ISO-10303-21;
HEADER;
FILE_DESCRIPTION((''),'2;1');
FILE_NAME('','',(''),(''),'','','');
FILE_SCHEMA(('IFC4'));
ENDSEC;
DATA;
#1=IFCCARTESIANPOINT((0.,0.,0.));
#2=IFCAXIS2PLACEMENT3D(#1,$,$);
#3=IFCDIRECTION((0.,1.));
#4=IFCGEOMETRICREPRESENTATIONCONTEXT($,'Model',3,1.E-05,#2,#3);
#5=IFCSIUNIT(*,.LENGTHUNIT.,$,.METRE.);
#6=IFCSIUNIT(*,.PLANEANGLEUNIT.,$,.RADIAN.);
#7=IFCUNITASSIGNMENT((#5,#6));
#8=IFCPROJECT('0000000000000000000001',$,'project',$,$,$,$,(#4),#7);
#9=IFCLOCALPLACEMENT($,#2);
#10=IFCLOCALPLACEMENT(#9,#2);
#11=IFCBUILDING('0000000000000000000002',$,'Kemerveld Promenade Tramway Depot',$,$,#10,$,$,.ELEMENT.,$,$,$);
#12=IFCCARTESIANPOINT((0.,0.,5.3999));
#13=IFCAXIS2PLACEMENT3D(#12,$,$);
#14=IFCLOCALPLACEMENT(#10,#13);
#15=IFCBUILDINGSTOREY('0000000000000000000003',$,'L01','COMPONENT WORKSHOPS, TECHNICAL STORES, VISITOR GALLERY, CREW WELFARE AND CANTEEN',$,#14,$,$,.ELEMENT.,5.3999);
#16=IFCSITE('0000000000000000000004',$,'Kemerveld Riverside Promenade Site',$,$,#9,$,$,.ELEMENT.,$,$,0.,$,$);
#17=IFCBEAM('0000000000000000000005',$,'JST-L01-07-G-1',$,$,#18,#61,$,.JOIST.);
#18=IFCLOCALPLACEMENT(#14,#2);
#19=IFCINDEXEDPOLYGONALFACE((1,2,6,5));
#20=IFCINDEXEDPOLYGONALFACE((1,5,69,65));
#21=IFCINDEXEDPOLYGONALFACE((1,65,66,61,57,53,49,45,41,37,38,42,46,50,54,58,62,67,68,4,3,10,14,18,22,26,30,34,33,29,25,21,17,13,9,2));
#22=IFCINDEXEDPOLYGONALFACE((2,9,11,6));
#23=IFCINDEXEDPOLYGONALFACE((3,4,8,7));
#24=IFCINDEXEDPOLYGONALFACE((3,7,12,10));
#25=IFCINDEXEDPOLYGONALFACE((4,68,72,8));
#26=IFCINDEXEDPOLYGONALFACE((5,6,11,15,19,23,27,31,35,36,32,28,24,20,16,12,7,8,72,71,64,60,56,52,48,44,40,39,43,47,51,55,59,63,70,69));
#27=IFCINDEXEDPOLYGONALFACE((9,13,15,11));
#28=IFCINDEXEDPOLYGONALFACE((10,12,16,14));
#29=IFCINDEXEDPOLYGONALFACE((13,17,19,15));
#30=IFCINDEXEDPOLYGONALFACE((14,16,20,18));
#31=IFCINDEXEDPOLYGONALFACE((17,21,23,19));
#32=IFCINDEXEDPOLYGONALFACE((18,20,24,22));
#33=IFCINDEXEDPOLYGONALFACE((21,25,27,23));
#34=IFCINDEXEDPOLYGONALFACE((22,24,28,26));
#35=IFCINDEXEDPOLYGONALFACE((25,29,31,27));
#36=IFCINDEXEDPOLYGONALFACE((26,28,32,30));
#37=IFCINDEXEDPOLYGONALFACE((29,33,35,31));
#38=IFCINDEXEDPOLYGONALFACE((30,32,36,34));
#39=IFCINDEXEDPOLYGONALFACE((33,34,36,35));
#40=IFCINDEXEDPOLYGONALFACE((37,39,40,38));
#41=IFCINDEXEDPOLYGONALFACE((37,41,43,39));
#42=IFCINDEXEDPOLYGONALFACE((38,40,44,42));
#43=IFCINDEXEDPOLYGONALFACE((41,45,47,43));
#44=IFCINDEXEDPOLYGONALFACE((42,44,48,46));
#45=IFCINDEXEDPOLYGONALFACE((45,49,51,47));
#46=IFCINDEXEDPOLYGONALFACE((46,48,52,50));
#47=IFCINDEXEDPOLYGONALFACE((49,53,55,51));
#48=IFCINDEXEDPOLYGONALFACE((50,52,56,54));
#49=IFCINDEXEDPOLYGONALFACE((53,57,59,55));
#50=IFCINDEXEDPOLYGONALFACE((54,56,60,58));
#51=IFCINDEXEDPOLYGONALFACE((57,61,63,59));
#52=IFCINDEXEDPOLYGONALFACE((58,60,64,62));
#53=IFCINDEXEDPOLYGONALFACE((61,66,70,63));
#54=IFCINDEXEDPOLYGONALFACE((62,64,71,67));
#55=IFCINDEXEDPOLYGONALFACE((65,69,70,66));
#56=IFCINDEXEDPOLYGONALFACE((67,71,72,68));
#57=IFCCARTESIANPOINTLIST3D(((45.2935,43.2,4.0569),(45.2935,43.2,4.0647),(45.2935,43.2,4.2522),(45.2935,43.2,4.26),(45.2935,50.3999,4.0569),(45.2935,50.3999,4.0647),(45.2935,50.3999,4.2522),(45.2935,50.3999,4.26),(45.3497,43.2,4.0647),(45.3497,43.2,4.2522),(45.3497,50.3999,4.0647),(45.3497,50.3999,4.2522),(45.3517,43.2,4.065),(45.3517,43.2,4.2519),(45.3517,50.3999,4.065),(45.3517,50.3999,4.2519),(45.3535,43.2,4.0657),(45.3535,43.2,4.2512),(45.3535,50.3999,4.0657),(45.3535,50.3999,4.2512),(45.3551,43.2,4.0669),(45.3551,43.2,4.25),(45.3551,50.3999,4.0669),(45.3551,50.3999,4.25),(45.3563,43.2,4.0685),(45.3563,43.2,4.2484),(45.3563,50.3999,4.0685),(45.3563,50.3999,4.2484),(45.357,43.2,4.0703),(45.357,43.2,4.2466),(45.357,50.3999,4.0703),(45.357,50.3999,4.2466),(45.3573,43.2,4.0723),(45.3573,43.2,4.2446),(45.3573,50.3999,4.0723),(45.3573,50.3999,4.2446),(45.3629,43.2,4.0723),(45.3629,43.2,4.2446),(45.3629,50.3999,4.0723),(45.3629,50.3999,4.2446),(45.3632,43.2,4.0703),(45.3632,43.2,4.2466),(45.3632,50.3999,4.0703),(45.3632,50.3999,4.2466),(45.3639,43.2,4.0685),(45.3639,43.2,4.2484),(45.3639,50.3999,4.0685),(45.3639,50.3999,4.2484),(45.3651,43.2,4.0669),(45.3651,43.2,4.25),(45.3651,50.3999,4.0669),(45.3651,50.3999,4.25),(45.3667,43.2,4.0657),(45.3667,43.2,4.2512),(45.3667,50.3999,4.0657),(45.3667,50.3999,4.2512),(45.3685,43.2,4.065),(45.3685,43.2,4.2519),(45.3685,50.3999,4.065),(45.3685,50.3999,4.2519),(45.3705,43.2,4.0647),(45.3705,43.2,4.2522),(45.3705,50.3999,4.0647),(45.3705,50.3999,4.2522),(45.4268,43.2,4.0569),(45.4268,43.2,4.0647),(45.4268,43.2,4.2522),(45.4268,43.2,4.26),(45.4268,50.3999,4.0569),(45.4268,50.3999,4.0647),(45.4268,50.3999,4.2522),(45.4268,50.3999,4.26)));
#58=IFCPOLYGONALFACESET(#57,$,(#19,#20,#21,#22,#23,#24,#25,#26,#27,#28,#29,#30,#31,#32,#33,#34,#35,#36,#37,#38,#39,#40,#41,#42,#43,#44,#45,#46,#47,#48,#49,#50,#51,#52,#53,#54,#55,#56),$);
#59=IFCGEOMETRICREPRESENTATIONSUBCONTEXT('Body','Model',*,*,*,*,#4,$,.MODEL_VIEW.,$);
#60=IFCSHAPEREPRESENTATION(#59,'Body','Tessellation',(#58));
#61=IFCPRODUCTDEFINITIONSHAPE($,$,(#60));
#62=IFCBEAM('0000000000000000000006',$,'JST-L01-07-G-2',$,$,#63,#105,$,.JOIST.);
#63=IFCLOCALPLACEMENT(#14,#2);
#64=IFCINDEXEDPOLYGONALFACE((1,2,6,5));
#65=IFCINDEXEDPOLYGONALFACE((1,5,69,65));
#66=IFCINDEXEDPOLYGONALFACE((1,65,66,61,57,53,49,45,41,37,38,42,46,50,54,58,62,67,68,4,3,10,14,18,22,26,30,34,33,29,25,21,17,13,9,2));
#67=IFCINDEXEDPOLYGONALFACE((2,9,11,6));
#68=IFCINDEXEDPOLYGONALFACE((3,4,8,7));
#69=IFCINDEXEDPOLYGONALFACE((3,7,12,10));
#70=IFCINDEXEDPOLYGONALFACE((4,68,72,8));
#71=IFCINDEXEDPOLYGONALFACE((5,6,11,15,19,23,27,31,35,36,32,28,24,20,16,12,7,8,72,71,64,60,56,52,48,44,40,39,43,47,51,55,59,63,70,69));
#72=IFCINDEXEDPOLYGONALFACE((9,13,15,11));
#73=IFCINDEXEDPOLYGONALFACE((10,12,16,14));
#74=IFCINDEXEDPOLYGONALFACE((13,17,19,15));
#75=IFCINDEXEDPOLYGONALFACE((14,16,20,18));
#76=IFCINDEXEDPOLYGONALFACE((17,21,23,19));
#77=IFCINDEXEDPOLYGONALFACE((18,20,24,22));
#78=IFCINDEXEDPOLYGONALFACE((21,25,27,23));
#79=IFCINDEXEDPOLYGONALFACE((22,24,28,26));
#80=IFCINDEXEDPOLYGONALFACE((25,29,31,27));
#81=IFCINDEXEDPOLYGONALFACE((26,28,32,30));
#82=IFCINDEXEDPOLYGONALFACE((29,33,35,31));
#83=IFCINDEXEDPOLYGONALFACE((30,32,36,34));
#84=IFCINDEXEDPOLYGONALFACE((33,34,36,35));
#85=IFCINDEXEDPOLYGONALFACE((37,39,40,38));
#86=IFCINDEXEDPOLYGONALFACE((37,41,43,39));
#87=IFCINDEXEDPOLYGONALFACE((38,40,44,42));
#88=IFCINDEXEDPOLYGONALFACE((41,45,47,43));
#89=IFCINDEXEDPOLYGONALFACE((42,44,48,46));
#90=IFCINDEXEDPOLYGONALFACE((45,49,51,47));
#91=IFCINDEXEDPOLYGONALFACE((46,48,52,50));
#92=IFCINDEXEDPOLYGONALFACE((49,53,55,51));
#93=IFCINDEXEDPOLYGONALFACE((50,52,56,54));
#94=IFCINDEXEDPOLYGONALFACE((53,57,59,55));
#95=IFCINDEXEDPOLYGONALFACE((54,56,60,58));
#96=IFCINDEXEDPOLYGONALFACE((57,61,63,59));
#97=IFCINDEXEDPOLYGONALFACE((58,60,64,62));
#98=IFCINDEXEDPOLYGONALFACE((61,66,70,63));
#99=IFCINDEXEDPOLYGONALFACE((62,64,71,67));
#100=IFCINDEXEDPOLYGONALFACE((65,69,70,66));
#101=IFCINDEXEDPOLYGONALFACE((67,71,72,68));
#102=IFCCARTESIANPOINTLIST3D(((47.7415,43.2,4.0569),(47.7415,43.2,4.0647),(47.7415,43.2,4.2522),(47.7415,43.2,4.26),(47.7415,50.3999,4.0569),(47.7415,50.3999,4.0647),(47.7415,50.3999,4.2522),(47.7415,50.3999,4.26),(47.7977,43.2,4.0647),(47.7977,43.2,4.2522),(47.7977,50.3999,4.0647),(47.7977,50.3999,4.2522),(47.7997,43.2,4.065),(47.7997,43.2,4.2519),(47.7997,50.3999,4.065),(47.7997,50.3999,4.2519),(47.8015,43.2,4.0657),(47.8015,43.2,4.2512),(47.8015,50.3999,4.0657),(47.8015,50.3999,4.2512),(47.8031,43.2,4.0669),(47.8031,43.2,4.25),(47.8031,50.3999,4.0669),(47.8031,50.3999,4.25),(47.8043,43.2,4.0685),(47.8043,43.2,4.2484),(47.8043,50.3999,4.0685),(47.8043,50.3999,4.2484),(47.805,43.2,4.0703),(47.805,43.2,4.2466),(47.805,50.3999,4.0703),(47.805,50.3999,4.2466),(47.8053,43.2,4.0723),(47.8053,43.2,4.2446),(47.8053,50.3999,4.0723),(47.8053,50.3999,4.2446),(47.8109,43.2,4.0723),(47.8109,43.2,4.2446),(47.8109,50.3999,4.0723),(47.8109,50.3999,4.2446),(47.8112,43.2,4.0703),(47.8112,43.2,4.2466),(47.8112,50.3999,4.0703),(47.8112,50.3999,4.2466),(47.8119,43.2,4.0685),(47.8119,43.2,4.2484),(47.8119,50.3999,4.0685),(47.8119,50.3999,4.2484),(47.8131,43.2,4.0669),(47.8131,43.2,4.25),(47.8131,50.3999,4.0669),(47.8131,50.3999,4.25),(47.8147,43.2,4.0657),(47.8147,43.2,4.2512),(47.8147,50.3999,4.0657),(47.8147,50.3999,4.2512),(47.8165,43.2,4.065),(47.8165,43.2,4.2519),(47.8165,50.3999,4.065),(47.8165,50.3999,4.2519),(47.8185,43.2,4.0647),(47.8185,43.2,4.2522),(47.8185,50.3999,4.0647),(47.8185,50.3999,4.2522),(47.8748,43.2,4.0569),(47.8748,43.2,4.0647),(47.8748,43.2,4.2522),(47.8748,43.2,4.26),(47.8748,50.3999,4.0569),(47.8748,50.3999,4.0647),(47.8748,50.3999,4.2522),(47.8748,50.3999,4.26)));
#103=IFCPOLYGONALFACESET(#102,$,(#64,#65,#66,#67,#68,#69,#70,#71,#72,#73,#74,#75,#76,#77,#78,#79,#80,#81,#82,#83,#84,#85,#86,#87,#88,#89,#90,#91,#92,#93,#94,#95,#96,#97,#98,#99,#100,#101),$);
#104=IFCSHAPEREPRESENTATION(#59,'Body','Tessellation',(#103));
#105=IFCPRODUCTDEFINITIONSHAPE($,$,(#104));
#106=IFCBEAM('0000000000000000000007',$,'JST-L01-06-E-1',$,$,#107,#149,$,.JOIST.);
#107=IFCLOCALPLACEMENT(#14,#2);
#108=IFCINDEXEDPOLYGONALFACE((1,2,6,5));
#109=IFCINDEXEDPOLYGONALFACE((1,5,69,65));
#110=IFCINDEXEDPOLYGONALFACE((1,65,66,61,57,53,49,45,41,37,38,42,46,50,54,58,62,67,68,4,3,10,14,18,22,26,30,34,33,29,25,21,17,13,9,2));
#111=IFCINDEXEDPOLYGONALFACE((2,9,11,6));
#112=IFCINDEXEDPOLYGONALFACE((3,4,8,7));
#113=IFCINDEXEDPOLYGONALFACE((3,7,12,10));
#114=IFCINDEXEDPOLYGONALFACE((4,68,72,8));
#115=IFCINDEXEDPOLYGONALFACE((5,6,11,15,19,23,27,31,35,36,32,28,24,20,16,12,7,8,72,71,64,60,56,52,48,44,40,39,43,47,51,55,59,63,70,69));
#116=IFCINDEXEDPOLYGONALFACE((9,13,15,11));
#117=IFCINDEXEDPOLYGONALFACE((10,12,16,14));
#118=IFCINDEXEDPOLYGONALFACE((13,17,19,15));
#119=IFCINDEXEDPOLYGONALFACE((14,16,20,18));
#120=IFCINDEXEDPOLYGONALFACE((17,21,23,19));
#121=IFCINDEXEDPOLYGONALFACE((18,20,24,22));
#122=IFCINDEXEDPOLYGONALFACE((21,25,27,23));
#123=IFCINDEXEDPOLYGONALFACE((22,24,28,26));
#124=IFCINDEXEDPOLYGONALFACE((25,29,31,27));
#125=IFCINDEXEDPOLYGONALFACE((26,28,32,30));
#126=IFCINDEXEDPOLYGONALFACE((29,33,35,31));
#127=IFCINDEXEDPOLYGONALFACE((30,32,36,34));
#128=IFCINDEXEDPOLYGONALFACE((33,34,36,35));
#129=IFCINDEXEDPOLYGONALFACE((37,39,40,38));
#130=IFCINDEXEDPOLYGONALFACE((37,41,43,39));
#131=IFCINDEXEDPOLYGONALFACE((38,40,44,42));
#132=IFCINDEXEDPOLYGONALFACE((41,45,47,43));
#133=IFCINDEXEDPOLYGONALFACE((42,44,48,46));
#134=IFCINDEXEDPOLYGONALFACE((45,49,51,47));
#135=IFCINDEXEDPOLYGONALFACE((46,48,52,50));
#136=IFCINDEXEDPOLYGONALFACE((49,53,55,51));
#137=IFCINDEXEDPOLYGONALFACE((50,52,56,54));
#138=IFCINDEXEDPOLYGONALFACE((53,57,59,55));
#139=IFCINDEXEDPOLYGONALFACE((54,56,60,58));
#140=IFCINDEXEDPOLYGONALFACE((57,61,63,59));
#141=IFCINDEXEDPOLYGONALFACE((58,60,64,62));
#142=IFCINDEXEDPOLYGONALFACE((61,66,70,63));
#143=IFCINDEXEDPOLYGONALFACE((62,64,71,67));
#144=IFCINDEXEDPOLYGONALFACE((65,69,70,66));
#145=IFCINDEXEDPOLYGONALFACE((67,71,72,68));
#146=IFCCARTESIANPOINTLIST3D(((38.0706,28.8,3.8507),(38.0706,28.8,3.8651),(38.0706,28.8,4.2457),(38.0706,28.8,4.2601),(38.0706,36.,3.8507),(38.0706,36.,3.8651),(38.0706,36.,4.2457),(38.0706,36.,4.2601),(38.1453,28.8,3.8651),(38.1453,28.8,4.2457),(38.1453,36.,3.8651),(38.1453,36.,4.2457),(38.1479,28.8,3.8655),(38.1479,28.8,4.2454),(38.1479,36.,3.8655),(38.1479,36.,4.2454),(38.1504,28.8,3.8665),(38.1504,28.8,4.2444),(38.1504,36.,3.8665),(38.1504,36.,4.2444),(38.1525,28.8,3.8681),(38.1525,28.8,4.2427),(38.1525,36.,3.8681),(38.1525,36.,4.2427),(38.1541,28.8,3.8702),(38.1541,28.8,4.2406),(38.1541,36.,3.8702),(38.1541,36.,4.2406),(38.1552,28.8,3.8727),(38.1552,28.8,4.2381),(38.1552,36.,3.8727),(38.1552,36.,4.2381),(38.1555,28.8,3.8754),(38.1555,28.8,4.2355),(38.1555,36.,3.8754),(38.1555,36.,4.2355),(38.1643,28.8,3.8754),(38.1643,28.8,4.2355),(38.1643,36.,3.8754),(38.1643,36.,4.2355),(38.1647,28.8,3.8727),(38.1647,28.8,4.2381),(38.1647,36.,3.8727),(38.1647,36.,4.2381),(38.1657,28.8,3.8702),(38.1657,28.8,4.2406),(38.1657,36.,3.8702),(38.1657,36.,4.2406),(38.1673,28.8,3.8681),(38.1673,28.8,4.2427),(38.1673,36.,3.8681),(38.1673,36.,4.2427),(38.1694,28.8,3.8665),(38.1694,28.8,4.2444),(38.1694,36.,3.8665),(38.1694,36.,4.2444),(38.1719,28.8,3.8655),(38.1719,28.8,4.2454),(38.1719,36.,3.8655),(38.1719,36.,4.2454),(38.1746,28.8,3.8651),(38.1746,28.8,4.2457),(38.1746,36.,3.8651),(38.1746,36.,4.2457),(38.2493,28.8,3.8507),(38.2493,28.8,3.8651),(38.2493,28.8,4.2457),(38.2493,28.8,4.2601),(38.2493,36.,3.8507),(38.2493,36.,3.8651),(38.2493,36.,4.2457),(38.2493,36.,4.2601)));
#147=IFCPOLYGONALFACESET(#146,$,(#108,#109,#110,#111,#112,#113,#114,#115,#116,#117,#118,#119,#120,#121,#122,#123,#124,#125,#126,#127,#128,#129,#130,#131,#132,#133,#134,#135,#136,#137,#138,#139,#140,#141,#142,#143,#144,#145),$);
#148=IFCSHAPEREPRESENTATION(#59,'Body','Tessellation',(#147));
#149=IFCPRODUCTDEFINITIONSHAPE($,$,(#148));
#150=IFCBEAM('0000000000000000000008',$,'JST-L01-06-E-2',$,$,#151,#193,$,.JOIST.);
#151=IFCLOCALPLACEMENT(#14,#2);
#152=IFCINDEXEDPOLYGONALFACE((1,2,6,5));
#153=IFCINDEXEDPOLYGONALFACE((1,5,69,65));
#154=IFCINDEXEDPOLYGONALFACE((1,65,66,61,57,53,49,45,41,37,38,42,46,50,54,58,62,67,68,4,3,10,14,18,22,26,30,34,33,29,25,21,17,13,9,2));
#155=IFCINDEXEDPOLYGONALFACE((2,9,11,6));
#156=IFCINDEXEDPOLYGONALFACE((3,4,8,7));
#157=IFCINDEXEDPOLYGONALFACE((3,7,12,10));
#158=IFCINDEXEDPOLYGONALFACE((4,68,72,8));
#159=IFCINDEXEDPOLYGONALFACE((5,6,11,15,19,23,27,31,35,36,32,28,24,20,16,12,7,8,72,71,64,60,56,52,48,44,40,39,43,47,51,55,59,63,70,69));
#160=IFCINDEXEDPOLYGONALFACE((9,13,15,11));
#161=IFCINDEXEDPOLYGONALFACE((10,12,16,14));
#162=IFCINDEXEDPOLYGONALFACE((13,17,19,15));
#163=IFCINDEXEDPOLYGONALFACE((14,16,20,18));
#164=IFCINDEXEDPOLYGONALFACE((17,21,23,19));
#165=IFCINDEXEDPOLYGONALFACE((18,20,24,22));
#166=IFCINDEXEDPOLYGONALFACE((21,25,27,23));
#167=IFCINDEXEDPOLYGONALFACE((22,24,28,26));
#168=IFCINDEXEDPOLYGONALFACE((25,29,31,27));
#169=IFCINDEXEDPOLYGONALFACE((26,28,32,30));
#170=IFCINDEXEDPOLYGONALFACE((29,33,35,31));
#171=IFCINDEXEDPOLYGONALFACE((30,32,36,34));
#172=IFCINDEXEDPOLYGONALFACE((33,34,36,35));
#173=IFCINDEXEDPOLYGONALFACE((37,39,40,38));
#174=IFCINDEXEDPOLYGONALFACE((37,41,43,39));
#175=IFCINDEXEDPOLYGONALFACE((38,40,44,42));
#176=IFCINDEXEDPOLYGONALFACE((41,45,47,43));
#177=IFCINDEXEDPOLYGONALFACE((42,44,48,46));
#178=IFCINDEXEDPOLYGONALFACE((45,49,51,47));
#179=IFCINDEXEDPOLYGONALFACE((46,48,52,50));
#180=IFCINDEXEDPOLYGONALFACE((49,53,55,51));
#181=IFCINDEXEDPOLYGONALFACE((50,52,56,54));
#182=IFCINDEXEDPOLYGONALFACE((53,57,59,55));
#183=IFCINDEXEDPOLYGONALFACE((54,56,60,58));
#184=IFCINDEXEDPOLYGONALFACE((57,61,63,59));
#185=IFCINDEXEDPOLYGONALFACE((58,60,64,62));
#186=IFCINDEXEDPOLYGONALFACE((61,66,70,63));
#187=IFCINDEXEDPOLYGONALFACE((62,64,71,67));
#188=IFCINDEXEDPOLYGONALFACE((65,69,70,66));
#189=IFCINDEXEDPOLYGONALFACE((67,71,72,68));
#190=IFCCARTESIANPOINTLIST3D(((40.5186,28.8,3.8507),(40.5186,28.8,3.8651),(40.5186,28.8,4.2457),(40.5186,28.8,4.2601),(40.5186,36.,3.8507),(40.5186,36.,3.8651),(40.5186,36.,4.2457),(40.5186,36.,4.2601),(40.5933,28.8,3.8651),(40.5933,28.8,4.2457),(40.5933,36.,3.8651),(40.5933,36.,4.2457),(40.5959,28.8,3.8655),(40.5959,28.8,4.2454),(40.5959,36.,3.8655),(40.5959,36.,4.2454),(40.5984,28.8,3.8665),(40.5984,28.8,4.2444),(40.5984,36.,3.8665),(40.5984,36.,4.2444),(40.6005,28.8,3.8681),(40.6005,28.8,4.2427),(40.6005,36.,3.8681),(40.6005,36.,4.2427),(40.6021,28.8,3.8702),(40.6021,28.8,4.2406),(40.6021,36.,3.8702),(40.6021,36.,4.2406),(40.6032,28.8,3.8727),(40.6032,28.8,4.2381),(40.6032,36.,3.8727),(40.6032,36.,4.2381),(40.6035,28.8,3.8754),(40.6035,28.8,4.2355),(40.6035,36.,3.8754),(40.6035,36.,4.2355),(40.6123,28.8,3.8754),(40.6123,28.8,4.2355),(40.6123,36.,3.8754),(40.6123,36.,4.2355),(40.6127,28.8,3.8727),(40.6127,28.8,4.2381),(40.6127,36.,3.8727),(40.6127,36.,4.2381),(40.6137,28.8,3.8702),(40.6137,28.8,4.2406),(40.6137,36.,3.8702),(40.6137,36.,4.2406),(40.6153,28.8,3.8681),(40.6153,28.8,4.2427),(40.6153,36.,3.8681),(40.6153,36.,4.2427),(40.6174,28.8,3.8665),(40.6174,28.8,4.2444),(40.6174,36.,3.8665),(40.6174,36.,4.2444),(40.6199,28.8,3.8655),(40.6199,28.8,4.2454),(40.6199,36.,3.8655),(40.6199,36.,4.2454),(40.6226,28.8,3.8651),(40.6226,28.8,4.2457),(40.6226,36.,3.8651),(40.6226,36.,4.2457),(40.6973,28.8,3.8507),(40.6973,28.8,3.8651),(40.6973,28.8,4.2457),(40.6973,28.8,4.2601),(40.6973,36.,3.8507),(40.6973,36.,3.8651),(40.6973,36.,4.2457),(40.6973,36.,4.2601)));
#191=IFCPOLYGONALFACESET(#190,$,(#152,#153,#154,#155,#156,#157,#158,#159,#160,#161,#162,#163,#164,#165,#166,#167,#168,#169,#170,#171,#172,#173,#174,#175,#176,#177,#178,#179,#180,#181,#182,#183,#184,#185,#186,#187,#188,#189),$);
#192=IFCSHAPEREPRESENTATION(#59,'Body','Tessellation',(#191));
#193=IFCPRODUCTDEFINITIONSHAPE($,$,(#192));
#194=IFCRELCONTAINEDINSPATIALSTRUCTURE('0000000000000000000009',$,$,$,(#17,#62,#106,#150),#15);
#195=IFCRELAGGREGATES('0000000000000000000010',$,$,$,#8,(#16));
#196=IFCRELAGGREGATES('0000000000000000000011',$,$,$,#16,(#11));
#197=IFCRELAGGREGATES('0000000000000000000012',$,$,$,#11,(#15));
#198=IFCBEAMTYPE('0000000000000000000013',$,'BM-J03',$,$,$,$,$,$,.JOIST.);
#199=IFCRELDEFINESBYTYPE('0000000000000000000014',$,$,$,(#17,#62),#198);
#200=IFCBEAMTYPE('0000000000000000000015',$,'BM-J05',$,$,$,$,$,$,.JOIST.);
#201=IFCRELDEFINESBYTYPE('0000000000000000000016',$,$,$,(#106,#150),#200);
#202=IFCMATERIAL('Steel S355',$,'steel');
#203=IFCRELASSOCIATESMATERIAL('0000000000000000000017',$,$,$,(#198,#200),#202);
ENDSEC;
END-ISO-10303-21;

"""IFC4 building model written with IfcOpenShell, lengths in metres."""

from ifc_helpers import new_model, si_unit, direction, frame, origin, origin_2d, place, context, subcontext, project, spatial, i_section, extrude, material, material_profile, profile_set, type_object, element, save


model = new_model("IFC4")

# Units and contexts
model_context = context("Model", 3, precision=1e-05, world=origin(), true_north=direction((0.0, 1.0)))
body_context = subcontext(model_context, "Body", "Model", "MODEL_VIEW")
ifc_project = project(units=[si_unit("LENGTHUNIT", "METRE"), si_unit("PLANEANGLEUNIT", "RADIAN")], contexts=[model_context])

# Site, building, storey
site_placement = place(None, origin())
site = spatial("IfcSite", under=ifc_project, at=site_placement, Name="Kemerveld Riverside Promenade Site", CompositionType="ELEMENT", RefElevation=0.0)
building_placement = place(site_placement, origin())
building = spatial("IfcBuilding", under=site, at=building_placement, Name="Kemerveld Promenade Tramway Depot", CompositionType="ELEMENT")
storey_placement = place(building_placement, frame((0.0, 0.0, 5.3999)))
storey = spatial("IfcBuildingStorey", under=building, at=storey_placement, Name="L01", Description="COMPONENT WORKSHOPS, TECHNICAL STORES, VISITOR GALLERY, CREW WELFARE AND CANTEEN", CompositionType="ELEMENT", Elevation=5.3999)

# Shared definitions
ifc_material_1 = material(Name="Steel S355", Category="steel")

# Beams
ifc_material_profile_1 = material_profile(ifc_material_1, i_section(OverallWidth=0.1333, OverallDepth=0.2031, WebThickness=0.0056, FlangeThickness=0.0078, FilletRadius=0.0076, at=origin_2d()), Name="203x133x25 UB")
ifc_profile_set_1 = profile_set([ifc_material_profile_1], Name="Steel S355")
beam_type_1 = type_object("IfcBeamType", Name="BM-J03", PredefinedType="JOIST", material=ifc_profile_set_1)
for number, where, z_axis, x_axis, name in (
    (1, (45.3601, 43.2, 4.1584), (0.0, 1.0, 0.0), (-1.0, 0.0, 0.0), "JST-L01-07-G-1"),
    (2, (47.8081, 43.2, 4.1584), (0.0, 1.0, 0.0), (-1.0, 0.0, 0.0), "JST-L01-07-G-2"),
):
    element("IfcBeam", number, at=place(storey_placement, frame(where, z_axis=z_axis, x_axis=x_axis)), inside=storey, type_object=beam_type_1, Name=name, PredefinedType="JOIST", context=body_context, shape_type="SweptSolid", body=[
        extrude(i_section(OverallWidth=0.1333, OverallDepth=0.2031, WebThickness=0.0056, FlangeThickness=0.0078, FilletRadius=0.0076, at=origin_2d()), origin(), (0.0, 0.0, 1.0), 7.2),
    ])
ifc_material_profile_2 = material_profile(ifc_material_1, i_section(OverallWidth=0.1787, OverallDepth=0.4094, WebThickness=0.0088, FlangeThickness=0.0144, FilletRadius=0.0103, at=origin_2d()), Name="406x178x67 UB")
ifc_profile_set_2 = profile_set([ifc_material_profile_2], Name="Steel S355")
beam_type_2 = type_object("IfcBeamType", Name="BM-J05", PredefinedType="JOIST", material=ifc_profile_set_2)
for number, where, z_axis, x_axis, name in (
    (3, (38.1599, 28.8, 4.0554), (0.0, 1.0, 0.0), (-1.0, 0.0, 0.0), "JST-L01-06-E-1"),
    (4, (40.6079, 28.8, 4.0554), (0.0, 1.0, 0.0), (-1.0, 0.0, 0.0), "JST-L01-06-E-2"),
):
    element("IfcBeam", number, at=place(storey_placement, frame(where, z_axis=z_axis, x_axis=x_axis)), inside=storey, type_object=beam_type_2, Name=name, PredefinedType="JOIST", context=body_context, shape_type="SweptSolid", body=[
        extrude(i_section(OverallWidth=0.1787, OverallDepth=0.4094, WebThickness=0.0088, FlangeThickness=0.0144, FilletRadius=0.0103, at=origin_2d()), origin(), (0.0, 0.0, 1.0), 7.2),
    ])

save(model, "model.ifc")
